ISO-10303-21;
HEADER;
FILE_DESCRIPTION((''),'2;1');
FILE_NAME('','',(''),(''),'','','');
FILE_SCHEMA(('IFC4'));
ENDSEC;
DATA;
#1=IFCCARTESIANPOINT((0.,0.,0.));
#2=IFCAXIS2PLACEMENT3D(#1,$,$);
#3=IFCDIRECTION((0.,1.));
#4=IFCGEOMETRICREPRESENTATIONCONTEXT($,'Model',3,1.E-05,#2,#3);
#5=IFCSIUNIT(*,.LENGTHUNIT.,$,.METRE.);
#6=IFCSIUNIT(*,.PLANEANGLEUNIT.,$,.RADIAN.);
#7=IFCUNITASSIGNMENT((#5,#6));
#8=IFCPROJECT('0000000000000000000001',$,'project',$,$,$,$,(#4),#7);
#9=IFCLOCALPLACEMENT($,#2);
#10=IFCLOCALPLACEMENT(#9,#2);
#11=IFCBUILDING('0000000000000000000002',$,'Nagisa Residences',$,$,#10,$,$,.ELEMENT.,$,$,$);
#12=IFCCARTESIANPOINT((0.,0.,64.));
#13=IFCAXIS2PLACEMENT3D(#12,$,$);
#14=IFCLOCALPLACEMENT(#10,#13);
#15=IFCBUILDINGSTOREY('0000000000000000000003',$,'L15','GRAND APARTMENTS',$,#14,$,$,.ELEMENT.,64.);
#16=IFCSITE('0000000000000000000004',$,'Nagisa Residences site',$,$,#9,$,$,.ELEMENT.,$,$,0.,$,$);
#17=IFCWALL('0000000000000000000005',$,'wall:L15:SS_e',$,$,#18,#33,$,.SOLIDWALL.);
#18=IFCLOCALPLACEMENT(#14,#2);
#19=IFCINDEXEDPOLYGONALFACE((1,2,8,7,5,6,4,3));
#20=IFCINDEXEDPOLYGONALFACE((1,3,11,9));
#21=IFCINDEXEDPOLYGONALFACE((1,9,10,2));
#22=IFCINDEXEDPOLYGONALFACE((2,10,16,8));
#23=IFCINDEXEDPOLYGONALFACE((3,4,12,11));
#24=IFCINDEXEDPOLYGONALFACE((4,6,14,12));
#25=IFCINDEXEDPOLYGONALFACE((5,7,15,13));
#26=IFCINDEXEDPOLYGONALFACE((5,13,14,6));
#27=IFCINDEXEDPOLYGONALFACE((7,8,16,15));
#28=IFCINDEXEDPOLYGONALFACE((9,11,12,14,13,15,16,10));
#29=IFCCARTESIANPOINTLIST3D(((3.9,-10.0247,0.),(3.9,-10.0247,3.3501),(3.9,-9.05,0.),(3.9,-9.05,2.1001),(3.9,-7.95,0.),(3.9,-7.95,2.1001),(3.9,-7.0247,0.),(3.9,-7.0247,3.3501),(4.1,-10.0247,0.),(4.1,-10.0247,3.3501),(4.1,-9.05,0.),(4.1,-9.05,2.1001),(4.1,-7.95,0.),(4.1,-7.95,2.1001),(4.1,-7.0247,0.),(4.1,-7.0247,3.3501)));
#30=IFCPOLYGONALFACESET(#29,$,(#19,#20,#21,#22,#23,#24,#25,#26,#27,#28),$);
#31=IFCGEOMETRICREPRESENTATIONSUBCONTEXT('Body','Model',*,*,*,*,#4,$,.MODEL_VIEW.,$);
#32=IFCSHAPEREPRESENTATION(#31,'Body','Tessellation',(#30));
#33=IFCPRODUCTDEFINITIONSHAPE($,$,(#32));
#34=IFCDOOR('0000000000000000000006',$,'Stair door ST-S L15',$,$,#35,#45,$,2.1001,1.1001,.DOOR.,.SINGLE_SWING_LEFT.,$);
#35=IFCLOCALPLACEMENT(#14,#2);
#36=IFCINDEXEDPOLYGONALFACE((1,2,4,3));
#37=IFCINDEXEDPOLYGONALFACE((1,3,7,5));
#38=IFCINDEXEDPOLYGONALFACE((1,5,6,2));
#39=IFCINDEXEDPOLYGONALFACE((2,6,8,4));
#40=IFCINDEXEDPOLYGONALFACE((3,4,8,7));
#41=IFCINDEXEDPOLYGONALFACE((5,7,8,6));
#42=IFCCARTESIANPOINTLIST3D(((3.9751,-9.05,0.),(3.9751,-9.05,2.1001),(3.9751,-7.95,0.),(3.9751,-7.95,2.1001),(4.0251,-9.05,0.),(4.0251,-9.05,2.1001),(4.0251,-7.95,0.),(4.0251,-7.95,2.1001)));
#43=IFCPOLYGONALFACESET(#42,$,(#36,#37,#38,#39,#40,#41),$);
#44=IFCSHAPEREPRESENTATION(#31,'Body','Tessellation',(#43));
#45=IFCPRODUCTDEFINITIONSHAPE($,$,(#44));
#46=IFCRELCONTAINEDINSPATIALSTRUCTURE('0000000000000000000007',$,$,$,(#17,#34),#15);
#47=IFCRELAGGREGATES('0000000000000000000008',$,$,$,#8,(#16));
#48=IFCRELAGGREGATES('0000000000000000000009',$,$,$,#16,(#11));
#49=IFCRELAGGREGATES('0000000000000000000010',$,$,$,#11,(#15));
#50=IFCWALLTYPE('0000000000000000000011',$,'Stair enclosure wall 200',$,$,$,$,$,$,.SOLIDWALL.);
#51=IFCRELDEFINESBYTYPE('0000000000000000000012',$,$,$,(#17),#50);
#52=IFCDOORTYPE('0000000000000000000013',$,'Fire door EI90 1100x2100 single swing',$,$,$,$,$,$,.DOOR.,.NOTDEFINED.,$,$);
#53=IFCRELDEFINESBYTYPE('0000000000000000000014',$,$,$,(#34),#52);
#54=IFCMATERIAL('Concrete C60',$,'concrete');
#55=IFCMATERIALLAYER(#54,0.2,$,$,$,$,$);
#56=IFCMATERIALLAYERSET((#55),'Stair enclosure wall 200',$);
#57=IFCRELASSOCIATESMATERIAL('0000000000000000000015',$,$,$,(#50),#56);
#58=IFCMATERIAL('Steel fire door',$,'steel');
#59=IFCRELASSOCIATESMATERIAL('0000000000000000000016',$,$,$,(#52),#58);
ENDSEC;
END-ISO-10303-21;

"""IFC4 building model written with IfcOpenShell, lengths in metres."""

from ifc_helpers import new_model, si_unit, direction, frame, frame_2d, origin, place, context, subcontext, project, spatial, rectangle, extrude, material, layer, layer_set, type_object, element, fill, save


model = new_model("IFC4")

# Units and contexts
model_context = context("Model", 3, precision=1e-05, world=origin(), true_north=direction((0.0, 1.0)))
body_context = subcontext(model_context, "Body", "Model", "MODEL_VIEW")
ifc_project = project(units=[si_unit("LENGTHUNIT", "METRE"), si_unit("PLANEANGLEUNIT", "RADIAN")], contexts=[model_context])

# Site, building, storey
site_placement = place(None, origin())
site = spatial("IfcSite", under=ifc_project, at=site_placement, Name="Nagisa Residences site", CompositionType="ELEMENT", RefElevation=0.0)
building_placement = place(site_placement, origin())
building = spatial("IfcBuilding", under=site, at=building_placement, Name="Nagisa Residences", CompositionType="ELEMENT")
storey_placement = place(building_placement, frame((0.0, 0.0, 64.0)))
storey = spatial("IfcBuildingStorey", under=building, at=storey_placement, Name="L15", Description="GRAND APARTMENTS", CompositionType="ELEMENT", Elevation=64.0)

# Wall, opening, door
ifc_material_1 = material(Name="Concrete C60", Category="concrete")
ifc_layer_1 = layer(ifc_material_1, 0.2)
ifc_layer_set_1 = layer_set([ifc_layer_1], Name="Stair enclosure wall 200")
wall_type_1 = type_object("IfcWallType", Name="Stair enclosure wall 200", PredefinedType="SOLIDWALL", material=ifc_layer_set_1)
wall_1_placement = place(storey_placement, frame((4.0, -10.0247, 0.0), z_axis=(0.0, 0.0, 1.0), x_axis=(0.0, 1.0, 0.0)))
wall_1 = element("IfcWall", 1, at=wall_1_placement, inside=storey, type_object=wall_type_1, Name="wall:L15:SS_e", PredefinedType="SOLIDWALL", context=body_context, shape_type="SweptSolid", body=[
    extrude(rectangle(XDim=3.0, YDim=0.2, at=frame_2d((1.5, 0.0))), origin(), (0.0, 0.0, 1.0), 3.3501),
])
opening_1_placement = place(wall_1_placement, frame((0.9746, 0.0, 0.0)))
opening_1 = element("IfcOpeningElement", 2, at=opening_1_placement, cuts=wall_1, PredefinedType="OPENING", context=body_context, shape_type="SweptSolid", body=[
    extrude(rectangle(XDim=1.1001, YDim=2.1001, at=frame_2d((0.55, 1.05))), frame((0.0, 0.1099, 0.0), z_axis=(0.0, -1.0, 0.0), x_axis=(1.0, 0.0, 0.0)), (0.0, 0.0, 1.0), 0.22),
])
ifc_material_2 = material(Name="Steel fire door", Category="steel")
door_type_1 = type_object("IfcDoorType", Name="Fire door EI90 1100x2100 single swing", OperationType="NOTDEFINED", PredefinedType="DOOR", material=ifc_material_2)
door_1_placement = place(opening_1_placement, origin())
door_1 = element("IfcDoor", 3, at=door_1_placement, inside=storey, type_object=door_type_1, Name="Stair door ST-S L15", OperationType="SINGLE_SWING_LEFT", OverallHeight=2.1001, OverallWidth=1.1001, PredefinedType="DOOR", context=body_context, shape_type="SweptSolid", body=[
    extrude(rectangle(XDim=1.1001, YDim=2.1001, at=frame_2d((0.55, 1.05))), frame((0.0, 0.0249, 0.0), z_axis=(0.0, -1.0, 0.0), x_axis=(1.0, 0.0, 0.0)), (0.0, 0.0, 1.0), 0.05),
])
fill(opening_1, door_1)

save(model, "model.ifc")
